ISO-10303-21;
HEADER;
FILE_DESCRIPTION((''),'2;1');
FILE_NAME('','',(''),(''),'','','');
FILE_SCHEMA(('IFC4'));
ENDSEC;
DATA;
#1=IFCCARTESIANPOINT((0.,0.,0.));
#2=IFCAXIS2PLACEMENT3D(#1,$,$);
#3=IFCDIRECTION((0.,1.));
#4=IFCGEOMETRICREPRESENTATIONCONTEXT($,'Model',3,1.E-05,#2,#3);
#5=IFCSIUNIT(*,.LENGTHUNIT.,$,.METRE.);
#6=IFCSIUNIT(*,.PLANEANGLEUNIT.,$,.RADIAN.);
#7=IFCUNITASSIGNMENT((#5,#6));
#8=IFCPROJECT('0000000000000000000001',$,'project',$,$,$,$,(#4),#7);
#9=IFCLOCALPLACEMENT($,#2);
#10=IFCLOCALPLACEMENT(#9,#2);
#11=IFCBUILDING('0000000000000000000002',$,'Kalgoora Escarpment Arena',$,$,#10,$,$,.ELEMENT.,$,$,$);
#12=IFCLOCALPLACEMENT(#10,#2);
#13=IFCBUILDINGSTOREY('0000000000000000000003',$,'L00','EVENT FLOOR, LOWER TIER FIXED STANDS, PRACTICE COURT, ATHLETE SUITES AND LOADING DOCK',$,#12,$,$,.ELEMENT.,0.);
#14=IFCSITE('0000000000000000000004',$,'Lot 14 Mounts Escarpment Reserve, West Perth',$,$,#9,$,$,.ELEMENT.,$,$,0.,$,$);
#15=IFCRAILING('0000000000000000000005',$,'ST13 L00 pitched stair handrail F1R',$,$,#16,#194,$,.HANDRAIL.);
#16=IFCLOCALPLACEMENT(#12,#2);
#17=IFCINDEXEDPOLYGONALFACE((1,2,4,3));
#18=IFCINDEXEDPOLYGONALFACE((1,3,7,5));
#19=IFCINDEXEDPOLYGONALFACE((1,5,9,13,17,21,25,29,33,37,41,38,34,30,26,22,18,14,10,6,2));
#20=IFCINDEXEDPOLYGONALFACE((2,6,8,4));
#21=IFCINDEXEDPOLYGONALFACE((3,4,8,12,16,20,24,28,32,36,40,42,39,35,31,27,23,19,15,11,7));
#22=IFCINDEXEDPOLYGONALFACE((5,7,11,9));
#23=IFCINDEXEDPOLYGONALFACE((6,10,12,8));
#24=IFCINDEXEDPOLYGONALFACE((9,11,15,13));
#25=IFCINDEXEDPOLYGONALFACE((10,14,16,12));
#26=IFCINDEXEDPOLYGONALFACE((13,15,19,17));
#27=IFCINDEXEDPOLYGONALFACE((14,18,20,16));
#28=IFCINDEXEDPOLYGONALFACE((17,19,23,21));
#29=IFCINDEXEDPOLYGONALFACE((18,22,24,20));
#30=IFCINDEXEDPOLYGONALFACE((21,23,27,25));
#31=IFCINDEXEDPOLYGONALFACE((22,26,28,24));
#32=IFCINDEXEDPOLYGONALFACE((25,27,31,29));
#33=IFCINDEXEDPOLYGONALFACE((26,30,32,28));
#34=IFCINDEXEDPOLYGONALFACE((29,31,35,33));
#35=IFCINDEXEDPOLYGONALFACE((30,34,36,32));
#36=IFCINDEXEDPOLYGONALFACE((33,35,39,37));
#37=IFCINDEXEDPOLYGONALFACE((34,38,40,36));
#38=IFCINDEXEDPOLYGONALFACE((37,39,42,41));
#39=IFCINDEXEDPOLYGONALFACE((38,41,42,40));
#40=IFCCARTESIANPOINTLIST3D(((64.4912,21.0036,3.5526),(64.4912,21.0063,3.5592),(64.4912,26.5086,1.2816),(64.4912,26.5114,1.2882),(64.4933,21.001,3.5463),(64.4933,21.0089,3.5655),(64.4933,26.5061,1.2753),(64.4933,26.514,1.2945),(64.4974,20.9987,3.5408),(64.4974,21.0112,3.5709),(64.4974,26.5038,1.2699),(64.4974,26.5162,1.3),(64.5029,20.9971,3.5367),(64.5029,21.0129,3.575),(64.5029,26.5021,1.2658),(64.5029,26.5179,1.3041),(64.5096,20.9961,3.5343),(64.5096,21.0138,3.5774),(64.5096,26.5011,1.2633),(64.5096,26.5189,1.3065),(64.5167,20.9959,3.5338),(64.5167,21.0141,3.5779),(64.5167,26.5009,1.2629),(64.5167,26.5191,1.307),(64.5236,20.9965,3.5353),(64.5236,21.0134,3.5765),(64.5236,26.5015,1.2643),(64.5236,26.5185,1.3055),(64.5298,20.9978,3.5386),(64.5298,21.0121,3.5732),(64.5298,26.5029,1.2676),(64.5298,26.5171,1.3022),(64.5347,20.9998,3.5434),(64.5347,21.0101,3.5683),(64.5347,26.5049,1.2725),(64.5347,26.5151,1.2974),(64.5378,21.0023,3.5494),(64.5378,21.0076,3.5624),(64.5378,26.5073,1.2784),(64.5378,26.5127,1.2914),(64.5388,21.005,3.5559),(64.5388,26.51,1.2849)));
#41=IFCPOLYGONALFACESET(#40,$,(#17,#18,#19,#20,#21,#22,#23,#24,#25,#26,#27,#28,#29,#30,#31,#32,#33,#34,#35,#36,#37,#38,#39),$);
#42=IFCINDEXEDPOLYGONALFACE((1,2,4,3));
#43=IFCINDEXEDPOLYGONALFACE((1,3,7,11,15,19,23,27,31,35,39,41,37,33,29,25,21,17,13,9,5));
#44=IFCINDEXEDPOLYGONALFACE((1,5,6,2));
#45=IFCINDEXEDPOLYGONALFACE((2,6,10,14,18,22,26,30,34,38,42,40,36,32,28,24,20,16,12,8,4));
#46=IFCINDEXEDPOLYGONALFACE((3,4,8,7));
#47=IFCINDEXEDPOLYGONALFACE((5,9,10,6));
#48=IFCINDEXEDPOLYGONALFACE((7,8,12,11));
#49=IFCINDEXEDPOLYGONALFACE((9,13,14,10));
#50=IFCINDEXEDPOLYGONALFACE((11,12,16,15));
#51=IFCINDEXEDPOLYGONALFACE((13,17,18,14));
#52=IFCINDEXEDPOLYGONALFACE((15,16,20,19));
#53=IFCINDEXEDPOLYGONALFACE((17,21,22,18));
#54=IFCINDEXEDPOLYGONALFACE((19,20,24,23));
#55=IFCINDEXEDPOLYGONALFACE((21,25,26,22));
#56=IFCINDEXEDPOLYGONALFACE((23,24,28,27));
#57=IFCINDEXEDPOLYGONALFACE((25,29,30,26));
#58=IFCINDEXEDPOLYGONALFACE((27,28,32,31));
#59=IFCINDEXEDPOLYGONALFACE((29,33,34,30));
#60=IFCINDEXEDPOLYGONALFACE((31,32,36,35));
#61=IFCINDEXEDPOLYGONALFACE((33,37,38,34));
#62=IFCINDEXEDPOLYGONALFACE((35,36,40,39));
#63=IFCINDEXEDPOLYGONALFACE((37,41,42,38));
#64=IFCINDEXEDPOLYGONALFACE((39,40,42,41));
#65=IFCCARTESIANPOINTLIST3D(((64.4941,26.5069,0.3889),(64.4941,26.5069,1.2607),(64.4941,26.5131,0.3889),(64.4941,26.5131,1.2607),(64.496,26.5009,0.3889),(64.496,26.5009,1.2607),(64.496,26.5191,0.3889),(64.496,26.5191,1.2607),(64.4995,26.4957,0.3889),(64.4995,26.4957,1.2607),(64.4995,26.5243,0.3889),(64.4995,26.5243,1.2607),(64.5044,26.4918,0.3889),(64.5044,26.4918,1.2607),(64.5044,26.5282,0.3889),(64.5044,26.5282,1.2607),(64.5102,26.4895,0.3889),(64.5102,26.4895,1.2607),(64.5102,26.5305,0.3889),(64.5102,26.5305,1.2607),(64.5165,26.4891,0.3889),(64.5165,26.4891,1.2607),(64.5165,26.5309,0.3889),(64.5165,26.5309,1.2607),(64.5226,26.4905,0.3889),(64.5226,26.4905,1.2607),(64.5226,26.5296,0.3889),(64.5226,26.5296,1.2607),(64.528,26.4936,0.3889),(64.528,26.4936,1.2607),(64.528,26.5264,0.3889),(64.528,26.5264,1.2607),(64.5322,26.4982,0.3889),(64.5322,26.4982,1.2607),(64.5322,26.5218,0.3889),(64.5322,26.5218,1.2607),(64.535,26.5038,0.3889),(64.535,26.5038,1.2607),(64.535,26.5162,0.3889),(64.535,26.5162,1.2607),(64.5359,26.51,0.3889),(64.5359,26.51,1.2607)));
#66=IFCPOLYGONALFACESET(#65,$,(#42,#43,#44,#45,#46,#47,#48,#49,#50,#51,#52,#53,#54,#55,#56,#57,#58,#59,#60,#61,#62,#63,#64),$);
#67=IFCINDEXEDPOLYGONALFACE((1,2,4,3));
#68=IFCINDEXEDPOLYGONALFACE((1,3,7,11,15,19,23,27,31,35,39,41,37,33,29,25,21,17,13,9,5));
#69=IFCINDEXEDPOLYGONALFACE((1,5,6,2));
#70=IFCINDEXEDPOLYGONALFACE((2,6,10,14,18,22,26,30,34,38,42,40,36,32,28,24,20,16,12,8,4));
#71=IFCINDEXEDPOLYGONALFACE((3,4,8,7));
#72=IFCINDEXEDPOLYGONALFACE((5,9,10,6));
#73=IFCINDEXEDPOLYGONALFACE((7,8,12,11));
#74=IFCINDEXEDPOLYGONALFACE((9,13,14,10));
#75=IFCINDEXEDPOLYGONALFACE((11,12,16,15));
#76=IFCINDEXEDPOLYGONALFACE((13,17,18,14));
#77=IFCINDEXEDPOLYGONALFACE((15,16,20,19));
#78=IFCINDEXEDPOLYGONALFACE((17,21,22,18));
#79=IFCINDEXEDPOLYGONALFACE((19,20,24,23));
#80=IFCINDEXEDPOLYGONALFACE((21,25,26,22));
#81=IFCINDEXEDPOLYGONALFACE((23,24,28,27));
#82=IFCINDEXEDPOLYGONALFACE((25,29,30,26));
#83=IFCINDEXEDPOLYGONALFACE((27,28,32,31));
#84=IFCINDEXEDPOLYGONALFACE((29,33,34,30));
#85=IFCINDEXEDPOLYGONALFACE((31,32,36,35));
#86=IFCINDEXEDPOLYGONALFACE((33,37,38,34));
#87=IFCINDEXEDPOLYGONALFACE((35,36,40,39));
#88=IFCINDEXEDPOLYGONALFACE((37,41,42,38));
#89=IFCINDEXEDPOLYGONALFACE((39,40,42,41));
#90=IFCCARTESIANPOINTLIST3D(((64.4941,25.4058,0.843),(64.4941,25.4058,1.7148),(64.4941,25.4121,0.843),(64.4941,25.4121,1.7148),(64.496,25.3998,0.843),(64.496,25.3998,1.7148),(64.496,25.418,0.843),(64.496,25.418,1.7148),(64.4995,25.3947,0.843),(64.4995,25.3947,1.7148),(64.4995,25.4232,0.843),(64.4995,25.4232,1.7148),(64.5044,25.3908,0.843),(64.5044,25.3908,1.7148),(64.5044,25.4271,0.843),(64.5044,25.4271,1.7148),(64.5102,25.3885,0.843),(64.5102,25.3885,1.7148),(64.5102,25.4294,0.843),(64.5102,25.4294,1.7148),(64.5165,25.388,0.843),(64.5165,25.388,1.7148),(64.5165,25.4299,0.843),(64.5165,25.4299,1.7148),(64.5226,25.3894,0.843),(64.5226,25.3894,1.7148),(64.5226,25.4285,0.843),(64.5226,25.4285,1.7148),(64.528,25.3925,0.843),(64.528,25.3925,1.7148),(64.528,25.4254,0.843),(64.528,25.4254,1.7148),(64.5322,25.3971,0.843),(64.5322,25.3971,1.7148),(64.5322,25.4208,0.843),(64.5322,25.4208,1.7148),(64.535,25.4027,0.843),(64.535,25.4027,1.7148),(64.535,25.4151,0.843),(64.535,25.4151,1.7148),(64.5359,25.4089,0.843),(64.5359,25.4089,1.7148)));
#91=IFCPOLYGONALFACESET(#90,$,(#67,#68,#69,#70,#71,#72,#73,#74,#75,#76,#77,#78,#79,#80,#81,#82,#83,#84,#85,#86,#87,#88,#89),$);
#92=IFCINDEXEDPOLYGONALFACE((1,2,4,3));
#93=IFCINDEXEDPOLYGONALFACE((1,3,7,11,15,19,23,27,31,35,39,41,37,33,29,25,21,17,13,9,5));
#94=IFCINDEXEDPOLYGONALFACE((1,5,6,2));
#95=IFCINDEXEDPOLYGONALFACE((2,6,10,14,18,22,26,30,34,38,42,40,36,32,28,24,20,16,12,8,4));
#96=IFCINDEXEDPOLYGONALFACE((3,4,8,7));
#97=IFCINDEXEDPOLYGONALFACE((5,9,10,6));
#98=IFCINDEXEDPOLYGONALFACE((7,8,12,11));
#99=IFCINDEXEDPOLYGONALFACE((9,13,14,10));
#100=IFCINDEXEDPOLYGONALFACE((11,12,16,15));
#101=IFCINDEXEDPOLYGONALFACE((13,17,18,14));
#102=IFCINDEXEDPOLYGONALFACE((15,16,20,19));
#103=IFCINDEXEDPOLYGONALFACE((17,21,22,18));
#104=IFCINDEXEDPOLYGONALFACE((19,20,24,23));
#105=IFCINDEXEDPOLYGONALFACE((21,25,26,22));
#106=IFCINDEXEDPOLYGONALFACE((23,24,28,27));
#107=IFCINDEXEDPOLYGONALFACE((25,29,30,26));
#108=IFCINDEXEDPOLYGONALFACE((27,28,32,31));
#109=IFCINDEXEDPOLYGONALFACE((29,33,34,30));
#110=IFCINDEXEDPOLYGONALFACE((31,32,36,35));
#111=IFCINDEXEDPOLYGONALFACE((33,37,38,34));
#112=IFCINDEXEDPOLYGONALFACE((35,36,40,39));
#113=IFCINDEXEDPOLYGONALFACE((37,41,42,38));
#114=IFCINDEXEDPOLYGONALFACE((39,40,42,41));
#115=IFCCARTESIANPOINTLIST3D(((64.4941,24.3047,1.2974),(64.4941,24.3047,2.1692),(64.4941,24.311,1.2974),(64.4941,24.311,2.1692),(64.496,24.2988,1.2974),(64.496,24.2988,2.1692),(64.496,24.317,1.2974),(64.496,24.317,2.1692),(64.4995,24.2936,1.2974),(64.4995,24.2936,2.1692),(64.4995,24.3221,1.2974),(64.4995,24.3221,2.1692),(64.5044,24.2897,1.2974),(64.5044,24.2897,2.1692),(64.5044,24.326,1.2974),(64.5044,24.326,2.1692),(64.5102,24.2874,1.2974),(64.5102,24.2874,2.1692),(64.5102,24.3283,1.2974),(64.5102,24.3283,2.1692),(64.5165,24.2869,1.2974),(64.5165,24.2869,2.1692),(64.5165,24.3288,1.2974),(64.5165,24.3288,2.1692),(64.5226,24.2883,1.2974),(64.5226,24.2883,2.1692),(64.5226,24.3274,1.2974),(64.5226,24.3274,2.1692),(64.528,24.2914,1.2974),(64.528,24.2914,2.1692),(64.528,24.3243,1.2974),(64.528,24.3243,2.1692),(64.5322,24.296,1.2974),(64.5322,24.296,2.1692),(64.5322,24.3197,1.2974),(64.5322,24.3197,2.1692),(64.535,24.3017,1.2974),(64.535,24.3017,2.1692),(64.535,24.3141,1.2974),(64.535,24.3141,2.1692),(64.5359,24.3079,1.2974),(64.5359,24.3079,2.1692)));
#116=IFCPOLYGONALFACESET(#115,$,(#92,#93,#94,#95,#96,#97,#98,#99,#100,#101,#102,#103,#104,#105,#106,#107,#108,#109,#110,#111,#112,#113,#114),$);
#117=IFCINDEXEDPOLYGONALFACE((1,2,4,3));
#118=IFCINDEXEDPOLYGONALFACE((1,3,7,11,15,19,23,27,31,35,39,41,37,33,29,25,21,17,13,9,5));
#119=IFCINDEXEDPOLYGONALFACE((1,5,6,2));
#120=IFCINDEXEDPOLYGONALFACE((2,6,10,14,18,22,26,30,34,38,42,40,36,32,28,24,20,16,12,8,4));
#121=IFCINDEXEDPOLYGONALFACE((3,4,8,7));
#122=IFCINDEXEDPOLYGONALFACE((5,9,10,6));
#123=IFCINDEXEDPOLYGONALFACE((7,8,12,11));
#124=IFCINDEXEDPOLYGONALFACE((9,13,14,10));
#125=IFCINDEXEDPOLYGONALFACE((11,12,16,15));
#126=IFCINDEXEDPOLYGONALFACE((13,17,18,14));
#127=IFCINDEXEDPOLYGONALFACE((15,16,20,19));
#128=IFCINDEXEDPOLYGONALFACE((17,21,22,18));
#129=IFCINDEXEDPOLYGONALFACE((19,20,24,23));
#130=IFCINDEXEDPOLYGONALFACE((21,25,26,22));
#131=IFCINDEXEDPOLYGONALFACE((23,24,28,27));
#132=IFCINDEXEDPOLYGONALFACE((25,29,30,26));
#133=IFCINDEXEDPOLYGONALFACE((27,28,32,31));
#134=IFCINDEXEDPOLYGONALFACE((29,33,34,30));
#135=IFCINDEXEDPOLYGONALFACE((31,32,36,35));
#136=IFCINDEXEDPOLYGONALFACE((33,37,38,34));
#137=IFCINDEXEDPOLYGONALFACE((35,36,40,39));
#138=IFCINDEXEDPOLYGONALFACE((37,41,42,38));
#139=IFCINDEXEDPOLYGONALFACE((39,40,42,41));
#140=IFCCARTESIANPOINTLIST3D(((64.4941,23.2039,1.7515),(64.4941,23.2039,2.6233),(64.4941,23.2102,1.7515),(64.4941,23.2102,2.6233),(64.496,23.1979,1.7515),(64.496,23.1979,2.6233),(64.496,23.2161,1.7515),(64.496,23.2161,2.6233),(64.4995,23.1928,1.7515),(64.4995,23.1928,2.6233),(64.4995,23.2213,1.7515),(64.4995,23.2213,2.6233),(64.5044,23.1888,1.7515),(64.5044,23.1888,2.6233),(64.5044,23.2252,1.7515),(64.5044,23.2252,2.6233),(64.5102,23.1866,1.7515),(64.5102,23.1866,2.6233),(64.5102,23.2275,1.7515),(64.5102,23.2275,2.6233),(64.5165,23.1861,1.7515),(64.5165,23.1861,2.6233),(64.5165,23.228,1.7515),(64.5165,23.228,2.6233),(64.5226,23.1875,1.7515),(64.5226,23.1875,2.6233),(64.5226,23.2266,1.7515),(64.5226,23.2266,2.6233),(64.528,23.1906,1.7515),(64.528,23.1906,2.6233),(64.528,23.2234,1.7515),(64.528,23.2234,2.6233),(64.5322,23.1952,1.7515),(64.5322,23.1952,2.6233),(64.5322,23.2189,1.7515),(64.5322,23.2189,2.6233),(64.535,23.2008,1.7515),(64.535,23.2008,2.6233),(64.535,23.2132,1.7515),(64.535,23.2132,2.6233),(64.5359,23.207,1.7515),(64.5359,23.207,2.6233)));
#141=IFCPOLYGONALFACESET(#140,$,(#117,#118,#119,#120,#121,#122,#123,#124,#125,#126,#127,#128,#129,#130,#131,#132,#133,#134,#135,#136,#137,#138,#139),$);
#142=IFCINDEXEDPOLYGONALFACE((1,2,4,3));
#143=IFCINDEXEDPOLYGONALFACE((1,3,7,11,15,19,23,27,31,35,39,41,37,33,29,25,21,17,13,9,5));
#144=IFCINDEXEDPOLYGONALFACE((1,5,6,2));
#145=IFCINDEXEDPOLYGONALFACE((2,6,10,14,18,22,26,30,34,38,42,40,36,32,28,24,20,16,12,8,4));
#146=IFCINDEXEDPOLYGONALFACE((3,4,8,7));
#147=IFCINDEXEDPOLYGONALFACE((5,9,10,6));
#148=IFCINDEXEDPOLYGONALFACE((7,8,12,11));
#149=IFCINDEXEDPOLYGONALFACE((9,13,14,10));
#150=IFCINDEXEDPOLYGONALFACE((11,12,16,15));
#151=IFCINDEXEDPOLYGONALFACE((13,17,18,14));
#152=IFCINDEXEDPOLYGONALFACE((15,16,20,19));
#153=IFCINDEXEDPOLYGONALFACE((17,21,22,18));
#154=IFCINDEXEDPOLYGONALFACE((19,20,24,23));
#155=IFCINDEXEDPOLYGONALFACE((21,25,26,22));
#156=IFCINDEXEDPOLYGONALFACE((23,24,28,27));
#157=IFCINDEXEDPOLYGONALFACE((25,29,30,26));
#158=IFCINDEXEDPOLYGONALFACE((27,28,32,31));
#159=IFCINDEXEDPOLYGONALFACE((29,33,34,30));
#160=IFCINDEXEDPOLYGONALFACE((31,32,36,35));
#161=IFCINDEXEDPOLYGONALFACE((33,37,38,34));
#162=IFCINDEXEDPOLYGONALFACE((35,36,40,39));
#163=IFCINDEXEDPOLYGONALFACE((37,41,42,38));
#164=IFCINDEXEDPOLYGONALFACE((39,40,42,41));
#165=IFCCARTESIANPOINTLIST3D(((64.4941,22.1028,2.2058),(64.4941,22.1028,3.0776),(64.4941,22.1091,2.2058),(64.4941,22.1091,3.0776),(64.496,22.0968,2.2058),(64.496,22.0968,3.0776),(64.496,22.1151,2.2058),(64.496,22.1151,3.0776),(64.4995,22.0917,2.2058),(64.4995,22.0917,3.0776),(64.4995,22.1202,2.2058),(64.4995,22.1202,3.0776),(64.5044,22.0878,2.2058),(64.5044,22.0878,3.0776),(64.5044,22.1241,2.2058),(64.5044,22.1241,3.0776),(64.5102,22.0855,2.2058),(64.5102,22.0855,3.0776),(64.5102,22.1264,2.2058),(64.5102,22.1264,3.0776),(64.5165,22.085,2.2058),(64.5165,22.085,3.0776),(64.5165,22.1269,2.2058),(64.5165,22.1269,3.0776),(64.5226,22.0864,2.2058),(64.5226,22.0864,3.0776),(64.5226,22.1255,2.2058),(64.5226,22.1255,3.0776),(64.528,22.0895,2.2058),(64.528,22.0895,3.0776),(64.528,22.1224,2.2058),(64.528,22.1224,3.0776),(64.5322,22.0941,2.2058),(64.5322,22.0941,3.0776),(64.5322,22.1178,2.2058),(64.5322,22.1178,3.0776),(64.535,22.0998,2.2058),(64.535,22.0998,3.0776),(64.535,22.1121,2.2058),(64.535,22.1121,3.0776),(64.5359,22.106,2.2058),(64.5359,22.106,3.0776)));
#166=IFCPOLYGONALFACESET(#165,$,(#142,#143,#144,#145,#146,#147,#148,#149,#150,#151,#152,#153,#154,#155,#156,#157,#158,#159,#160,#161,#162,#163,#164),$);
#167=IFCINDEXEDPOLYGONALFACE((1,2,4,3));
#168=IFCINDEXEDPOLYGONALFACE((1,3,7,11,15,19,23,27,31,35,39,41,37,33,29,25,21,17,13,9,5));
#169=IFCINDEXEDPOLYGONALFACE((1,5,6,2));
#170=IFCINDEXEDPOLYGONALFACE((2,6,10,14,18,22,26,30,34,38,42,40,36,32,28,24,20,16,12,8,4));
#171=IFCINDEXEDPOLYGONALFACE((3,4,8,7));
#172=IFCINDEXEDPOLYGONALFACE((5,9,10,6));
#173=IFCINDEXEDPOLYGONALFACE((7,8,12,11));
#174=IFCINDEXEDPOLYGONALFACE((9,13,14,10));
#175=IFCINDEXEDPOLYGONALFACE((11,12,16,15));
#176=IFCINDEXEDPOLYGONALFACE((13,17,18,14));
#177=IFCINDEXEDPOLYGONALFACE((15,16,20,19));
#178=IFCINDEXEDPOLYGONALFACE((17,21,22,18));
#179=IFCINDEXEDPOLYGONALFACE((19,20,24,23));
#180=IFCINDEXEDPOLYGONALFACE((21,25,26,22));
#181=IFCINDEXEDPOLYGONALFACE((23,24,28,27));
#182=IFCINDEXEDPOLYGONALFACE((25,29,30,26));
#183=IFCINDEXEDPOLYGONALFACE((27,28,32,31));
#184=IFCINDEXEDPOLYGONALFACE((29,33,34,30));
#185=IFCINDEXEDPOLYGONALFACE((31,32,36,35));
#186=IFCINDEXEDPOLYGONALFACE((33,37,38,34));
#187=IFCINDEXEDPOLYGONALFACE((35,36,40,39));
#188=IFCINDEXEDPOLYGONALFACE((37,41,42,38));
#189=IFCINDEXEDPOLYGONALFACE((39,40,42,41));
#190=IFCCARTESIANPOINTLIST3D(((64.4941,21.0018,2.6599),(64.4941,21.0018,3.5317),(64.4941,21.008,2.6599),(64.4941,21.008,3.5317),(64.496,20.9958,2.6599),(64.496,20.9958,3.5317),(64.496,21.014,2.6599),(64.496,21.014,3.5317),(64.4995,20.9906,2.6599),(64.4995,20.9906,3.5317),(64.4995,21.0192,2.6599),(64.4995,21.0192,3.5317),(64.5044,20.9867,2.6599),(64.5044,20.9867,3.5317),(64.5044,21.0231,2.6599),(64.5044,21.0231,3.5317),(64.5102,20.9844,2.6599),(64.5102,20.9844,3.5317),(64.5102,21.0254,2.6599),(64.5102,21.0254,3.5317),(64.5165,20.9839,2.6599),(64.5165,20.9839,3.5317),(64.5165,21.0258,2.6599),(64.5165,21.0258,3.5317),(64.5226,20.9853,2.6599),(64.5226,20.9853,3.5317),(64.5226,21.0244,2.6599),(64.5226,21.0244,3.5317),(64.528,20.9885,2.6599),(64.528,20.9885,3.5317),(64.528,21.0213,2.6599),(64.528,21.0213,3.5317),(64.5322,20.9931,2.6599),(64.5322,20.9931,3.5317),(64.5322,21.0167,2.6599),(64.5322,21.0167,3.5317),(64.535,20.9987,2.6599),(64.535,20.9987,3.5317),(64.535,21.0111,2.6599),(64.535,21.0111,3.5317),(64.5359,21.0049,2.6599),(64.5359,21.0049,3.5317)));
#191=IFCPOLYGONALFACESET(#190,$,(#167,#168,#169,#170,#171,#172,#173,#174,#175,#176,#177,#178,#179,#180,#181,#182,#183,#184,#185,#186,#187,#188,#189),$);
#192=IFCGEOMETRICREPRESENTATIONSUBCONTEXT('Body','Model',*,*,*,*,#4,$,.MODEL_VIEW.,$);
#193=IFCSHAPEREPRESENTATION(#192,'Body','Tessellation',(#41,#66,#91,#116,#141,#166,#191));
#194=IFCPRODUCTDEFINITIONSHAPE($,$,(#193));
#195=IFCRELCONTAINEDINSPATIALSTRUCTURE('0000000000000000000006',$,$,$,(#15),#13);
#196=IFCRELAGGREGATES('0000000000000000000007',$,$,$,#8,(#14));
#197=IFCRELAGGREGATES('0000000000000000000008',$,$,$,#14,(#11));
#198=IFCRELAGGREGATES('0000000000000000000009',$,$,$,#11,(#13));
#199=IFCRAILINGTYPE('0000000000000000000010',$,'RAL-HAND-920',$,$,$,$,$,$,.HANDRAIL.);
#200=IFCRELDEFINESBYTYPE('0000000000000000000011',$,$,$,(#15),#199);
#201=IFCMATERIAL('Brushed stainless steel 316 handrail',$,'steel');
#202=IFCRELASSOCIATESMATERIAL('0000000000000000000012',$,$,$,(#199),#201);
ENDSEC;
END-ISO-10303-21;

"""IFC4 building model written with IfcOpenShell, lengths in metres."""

from ifc_helpers import new_model, si_unit, direction, frame, origin, origin_2d, place, context, subcontext, project, spatial, circle, extrude, material, type_object, element, save


model = new_model("IFC4")

# Units and contexts
model_context = context("Model", 3, precision=1e-05, world=origin(), true_north=direction((0.0, 1.0)))
body_context = subcontext(model_context, "Body", "Model", "MODEL_VIEW")
ifc_project = project(units=[si_unit("LENGTHUNIT", "METRE"), si_unit("PLANEANGLEUNIT", "RADIAN")], contexts=[model_context])

# Site, building, storey
site_placement = place(None, origin())
site = spatial("IfcSite", under=ifc_project, at=site_placement, Name="Lot 14 Mounts Escarpment Reserve, West Perth", CompositionType="ELEMENT", RefElevation=0.0)
building_placement = place(site_placement, origin())
building = spatial("IfcBuilding", under=site, at=building_placement, Name="Kalgoora Escarpment Arena", CompositionType="ELEMENT")
storey_placement = place(building_placement, origin())
storey = spatial("IfcBuildingStorey", under=building, at=storey_placement, Name="L00", Description="EVENT FLOOR, LOWER TIER FIXED STANDS, PRACTICE COURT, ATHLETE SUITES AND LOADING DOCK", CompositionType="ELEMENT", Elevation=0.0)

# Railing
ifc_material_1 = material(Name="Brushed stainless steel 316 handrail", Category="steel")
railing_type_1 = type_object("IfcRailingType", Name="RAL-HAND-920", PredefinedType="HANDRAIL", material=ifc_material_1)
for number, where, name in (
    (1, (64.5149, 26.51, 0.3889), "ST13 L00 pitched stair handrail F1R"),
):
    element("IfcRailing", number, at=place(storey_placement, frame(where)), inside=storey, type_object=railing_type_1, Name=name, PredefinedType="HANDRAIL", context=body_context, shape_type="SweptSolid", body=[
        extrude(circle(Radius=0.0239, at=origin_2d()), frame((0.0, 0.0, 0.896), z_axis=(0.0, -0.924431, 0.38135), x_axis=(1.0, 0.0, 0.0)), (0.0, 0.0, 1.0), 5.9551),
        extrude(circle(Radius=0.021, at=origin_2d()), origin(), (0.0, 0.0, 1.0), 0.8718),
        extrude(circle(Radius=0.021, at=origin_2d()), frame((0.0, -1.1011, 0.4541)), (0.0, 0.0, 1.0), 0.8718),
        extrude(circle(Radius=0.021, at=origin_2d()), frame((0.0, -2.2021, 0.9084)), (0.0, 0.0, 1.0), 0.8718),
        extrude(circle(Radius=0.021, at=origin_2d()), frame((0.0, -3.303, 1.3625)), (0.0, 0.0, 1.0), 0.8718),
        extrude(circle(Radius=0.021, at=origin_2d()), frame((0.0, -4.4041, 1.8169)), (0.0, 0.0, 1.0), 0.8718),
        extrude(circle(Radius=0.021, at=origin_2d()), frame((0.0, -5.5051, 2.271)), (0.0, 0.0, 1.0), 0.8718),
    ])

save(model, "model.ifc")
